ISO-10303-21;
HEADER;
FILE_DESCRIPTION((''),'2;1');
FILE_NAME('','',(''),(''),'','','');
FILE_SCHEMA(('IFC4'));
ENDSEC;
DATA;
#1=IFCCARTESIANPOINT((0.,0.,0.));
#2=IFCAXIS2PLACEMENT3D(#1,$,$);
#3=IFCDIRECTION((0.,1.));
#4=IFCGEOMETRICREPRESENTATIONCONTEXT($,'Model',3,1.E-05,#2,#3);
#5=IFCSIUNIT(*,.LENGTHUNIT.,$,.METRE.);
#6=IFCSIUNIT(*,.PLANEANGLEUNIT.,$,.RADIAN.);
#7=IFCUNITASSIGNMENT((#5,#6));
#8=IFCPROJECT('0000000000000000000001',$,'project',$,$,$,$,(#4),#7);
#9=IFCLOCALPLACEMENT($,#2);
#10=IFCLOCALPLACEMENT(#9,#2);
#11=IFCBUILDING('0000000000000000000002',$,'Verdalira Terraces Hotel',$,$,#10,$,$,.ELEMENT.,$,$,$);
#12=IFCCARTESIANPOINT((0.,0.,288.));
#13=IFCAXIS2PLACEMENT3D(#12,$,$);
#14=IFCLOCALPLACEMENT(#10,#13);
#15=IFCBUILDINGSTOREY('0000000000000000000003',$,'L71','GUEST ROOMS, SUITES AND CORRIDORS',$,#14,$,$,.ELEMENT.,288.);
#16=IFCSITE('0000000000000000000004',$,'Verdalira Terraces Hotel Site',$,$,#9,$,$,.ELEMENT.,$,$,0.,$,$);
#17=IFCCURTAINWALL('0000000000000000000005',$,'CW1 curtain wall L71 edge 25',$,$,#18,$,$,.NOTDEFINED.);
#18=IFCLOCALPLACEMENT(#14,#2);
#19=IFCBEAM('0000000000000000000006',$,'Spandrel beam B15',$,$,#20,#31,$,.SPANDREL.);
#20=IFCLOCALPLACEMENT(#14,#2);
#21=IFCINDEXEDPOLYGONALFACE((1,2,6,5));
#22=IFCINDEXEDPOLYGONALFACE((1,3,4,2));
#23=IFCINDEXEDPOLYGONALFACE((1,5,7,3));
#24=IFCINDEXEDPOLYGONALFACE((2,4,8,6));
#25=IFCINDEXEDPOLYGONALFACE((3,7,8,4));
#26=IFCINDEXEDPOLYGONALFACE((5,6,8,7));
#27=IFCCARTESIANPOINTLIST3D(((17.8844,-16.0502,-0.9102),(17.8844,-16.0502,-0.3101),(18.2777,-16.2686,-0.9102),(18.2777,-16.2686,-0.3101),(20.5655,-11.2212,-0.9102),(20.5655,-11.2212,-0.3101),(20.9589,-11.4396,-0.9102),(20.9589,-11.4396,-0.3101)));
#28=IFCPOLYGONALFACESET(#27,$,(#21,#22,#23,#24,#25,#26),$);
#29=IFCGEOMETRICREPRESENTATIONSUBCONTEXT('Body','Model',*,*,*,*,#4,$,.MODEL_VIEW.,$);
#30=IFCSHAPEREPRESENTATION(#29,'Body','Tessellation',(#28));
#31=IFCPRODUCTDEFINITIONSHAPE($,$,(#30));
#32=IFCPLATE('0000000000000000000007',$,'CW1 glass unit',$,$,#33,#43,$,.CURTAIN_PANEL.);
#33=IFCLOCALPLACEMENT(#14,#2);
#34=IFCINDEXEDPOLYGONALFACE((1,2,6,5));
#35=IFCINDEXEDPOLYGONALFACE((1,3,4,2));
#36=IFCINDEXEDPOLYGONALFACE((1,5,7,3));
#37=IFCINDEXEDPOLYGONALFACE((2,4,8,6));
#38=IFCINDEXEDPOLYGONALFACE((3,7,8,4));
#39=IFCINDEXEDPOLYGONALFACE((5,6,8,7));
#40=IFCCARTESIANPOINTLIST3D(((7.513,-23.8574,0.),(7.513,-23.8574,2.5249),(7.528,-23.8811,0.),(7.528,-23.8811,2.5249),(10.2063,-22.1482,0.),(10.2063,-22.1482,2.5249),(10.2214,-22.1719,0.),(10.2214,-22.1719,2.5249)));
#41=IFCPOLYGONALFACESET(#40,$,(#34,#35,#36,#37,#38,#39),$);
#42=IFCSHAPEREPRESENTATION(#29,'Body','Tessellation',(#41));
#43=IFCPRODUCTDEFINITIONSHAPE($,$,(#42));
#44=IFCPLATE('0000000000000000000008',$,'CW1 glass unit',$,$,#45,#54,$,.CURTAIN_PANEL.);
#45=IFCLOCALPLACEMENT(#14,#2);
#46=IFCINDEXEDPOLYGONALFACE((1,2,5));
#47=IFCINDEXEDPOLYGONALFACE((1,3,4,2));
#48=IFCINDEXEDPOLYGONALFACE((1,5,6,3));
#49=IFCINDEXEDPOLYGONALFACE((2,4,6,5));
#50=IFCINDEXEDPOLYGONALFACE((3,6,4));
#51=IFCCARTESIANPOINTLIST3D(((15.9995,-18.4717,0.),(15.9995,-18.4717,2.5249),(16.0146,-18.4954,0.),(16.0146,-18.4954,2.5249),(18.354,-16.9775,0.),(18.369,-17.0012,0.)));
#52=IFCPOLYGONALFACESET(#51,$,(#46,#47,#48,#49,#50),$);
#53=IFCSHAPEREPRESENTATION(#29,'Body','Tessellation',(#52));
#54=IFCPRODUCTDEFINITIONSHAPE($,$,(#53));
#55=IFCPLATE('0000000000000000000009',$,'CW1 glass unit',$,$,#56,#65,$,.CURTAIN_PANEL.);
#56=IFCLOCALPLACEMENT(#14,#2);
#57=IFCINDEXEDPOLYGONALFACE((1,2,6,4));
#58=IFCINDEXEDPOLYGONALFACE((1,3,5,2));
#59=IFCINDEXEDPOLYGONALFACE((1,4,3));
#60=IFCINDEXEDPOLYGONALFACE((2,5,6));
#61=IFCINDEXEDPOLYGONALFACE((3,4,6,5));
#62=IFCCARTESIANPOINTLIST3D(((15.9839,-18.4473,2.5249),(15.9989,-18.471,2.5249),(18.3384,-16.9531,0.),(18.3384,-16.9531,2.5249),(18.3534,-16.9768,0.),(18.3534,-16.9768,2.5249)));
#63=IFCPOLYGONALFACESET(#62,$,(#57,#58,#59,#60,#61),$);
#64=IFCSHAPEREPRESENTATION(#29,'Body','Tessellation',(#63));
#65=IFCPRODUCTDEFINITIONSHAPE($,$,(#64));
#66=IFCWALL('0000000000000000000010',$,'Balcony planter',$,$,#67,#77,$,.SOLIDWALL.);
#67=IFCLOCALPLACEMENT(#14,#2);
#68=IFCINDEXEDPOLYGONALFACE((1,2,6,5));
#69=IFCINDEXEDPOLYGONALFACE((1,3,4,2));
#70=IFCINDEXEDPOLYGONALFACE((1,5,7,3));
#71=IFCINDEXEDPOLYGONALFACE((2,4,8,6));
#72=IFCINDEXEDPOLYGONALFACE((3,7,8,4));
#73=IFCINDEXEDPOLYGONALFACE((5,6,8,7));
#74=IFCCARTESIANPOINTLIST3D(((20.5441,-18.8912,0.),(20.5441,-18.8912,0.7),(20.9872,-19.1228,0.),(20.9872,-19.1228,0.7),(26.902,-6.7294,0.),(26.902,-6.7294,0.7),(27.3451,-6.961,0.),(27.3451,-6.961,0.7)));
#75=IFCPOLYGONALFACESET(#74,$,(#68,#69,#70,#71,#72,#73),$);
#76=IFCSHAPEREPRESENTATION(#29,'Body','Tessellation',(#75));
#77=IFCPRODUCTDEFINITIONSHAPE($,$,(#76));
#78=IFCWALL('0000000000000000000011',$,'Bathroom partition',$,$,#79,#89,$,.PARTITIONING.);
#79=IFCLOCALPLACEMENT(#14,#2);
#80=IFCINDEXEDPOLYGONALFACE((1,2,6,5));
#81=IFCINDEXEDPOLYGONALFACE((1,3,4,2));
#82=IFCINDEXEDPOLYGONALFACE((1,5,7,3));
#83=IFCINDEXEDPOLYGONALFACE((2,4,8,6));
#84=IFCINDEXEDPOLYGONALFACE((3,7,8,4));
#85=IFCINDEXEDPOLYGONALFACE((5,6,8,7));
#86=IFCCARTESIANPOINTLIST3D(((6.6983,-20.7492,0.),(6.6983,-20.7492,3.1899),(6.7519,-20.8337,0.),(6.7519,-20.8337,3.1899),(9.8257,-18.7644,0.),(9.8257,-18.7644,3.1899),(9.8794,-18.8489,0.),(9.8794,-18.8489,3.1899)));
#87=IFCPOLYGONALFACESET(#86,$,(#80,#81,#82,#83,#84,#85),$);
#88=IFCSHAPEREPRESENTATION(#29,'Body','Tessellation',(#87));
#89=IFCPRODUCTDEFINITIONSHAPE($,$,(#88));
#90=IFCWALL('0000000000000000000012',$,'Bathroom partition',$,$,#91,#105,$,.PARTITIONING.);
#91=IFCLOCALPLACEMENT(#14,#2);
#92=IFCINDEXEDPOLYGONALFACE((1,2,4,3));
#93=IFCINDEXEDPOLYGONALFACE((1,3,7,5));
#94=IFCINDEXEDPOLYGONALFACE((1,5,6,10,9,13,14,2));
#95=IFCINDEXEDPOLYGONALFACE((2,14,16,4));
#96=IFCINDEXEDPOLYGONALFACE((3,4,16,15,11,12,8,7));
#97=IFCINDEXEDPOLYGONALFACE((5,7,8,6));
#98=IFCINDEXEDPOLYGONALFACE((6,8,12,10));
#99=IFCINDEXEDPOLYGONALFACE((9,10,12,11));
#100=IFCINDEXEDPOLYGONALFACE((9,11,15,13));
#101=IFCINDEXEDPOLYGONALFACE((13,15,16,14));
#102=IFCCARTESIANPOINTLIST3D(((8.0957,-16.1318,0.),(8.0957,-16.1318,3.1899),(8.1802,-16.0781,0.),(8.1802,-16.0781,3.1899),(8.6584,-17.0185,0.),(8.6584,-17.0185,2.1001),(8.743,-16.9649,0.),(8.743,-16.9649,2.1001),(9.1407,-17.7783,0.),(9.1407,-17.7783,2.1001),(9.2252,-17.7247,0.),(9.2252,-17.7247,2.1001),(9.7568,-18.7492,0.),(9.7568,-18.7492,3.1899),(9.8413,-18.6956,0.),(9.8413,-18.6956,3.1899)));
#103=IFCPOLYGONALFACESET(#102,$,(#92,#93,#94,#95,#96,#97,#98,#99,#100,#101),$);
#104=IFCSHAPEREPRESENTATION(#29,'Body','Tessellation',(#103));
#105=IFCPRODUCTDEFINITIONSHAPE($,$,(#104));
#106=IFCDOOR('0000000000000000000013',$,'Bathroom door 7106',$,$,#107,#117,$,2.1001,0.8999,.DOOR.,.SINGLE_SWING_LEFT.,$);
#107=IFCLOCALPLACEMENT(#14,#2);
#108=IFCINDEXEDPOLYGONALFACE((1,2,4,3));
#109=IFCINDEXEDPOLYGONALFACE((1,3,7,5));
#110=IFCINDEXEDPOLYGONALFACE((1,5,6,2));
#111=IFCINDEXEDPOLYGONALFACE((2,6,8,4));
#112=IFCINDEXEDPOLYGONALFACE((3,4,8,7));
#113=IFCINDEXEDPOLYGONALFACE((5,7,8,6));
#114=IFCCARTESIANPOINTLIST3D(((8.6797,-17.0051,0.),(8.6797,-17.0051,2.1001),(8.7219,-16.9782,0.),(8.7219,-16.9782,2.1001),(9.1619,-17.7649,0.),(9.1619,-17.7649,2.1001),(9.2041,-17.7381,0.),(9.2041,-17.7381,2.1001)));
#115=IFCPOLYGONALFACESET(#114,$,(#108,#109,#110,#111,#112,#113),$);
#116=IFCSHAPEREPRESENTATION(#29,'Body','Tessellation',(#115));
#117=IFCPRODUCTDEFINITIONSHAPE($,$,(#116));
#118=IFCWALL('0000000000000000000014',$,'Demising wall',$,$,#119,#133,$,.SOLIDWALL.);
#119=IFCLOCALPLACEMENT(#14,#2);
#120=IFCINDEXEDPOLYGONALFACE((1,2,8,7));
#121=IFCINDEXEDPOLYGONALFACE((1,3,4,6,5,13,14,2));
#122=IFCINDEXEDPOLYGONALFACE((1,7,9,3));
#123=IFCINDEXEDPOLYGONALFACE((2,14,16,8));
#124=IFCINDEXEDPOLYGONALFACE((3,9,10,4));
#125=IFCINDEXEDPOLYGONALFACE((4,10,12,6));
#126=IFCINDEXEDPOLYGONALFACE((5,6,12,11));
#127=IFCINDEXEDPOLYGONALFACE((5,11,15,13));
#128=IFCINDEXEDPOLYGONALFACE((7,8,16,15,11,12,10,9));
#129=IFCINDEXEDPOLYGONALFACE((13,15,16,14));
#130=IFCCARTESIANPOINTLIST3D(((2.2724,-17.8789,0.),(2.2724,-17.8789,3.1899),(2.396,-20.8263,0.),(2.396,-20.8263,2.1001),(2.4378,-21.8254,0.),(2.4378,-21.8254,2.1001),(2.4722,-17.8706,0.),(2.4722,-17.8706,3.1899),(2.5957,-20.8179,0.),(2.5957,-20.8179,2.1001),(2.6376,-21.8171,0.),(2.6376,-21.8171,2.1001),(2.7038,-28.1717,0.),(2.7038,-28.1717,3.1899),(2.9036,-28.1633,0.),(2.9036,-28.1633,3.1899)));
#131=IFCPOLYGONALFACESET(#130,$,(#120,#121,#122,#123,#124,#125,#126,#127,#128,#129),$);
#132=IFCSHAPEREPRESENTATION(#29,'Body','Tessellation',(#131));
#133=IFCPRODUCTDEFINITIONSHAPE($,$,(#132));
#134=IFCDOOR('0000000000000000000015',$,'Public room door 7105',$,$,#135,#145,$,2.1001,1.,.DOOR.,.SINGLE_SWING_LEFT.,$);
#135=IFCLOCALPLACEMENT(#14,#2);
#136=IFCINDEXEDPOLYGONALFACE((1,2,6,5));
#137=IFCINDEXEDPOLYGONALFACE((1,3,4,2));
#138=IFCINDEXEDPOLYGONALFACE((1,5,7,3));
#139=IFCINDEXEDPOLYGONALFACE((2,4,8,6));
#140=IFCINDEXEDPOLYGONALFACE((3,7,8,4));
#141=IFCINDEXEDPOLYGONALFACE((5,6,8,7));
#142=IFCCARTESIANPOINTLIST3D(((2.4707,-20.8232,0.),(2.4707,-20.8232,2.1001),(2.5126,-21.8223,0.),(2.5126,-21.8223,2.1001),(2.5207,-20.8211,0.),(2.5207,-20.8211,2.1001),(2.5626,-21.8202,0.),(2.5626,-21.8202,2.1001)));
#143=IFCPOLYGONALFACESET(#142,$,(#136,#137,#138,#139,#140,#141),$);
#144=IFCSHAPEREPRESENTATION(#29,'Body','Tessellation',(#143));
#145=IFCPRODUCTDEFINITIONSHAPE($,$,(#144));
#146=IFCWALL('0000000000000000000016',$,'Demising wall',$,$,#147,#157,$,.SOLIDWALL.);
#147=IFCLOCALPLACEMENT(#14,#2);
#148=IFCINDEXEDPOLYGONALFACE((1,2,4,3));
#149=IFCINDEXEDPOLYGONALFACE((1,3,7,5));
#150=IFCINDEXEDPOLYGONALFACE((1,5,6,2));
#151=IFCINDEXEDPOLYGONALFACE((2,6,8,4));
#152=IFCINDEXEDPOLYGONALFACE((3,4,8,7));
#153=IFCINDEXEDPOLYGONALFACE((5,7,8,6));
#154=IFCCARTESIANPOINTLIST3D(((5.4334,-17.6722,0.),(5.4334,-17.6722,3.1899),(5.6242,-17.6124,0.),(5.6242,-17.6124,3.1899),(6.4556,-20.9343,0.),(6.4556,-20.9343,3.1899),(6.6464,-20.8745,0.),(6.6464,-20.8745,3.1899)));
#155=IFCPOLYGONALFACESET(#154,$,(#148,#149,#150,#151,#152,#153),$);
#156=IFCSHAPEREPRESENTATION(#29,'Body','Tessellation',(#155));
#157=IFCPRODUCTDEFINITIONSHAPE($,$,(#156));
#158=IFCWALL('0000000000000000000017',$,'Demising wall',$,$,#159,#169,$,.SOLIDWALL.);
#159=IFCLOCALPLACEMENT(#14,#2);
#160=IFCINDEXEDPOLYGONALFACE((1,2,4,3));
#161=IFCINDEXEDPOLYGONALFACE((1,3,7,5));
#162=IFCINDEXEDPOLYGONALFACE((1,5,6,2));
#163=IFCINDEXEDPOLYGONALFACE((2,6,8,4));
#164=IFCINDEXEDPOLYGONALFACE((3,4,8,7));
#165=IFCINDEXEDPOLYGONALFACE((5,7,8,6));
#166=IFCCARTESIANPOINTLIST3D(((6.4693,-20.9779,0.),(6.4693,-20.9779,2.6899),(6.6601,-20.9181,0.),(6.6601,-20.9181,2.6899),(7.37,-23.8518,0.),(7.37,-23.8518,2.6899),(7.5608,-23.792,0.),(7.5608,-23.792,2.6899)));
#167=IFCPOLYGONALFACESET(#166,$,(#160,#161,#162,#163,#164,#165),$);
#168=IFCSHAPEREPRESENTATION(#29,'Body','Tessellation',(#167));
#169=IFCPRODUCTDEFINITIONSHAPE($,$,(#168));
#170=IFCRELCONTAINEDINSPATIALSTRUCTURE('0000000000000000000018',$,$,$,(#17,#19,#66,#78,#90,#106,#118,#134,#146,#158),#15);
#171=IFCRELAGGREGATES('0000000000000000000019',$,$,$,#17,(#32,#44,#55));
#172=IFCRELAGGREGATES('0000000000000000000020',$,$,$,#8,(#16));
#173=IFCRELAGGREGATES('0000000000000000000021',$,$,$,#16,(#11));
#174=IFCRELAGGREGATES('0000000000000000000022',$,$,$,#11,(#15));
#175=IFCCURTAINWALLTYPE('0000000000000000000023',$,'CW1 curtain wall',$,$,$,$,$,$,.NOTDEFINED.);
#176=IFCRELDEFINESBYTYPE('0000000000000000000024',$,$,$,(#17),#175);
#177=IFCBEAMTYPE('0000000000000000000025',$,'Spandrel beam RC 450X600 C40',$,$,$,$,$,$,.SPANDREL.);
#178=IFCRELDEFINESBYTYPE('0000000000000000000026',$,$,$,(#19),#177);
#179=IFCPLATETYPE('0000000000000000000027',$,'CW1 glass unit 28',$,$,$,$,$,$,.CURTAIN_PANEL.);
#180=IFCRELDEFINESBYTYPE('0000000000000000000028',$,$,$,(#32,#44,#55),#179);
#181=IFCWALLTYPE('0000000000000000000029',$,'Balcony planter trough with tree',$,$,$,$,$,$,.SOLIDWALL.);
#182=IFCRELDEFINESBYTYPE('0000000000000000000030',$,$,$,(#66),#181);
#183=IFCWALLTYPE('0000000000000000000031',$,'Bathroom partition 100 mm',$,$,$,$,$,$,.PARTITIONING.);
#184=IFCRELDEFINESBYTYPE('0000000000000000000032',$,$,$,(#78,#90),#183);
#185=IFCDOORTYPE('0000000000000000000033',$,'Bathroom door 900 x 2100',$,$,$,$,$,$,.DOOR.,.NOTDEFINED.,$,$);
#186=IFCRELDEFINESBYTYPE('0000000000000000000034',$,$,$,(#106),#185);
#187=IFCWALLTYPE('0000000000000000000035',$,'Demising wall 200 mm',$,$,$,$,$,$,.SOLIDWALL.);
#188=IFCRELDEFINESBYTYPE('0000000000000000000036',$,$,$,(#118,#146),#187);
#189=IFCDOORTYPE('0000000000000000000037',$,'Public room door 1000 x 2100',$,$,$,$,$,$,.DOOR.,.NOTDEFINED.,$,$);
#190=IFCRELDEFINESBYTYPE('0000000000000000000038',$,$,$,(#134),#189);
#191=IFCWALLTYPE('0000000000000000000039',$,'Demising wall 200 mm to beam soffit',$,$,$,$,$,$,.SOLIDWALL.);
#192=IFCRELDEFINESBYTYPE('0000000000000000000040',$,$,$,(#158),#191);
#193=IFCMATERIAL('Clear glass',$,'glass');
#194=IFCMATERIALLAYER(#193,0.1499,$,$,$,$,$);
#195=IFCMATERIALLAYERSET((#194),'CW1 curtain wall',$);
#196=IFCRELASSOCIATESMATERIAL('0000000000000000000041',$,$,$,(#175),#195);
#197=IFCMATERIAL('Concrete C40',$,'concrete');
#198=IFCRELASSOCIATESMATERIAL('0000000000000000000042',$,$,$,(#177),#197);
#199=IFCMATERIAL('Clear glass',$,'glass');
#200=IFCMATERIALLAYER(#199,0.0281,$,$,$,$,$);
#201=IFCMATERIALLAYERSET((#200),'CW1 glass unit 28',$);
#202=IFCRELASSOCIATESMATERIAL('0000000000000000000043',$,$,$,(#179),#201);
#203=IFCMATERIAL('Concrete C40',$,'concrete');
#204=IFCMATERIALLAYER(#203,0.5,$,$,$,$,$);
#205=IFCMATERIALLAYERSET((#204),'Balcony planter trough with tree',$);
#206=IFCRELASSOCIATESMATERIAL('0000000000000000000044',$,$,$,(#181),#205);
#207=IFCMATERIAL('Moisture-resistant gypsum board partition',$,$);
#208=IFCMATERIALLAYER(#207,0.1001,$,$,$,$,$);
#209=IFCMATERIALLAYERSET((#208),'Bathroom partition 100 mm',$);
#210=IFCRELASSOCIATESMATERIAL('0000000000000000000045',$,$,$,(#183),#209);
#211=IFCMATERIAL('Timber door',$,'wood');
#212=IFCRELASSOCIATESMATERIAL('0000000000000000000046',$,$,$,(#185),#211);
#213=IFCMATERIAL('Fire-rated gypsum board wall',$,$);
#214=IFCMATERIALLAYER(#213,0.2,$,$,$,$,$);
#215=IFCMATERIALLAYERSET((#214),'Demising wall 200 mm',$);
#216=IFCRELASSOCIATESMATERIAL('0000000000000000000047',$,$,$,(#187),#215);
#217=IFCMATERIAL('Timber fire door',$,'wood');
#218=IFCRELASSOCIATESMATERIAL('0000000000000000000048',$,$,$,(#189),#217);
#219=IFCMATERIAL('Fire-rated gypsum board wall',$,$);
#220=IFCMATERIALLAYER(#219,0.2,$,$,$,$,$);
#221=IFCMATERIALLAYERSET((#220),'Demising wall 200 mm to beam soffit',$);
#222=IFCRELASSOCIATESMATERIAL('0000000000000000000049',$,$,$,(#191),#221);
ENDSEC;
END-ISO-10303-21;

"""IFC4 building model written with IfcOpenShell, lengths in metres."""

from ifc_helpers import new_model, si_unit, direction, frame, frame_2d, origin, origin_2d, place, context, subcontext, project, spatial, polyline, rectangle, outline, extrude, material, layer, layer_set, material_profile, profile_set, type_object, element, fill, aggregate, save


model = new_model("IFC4")

# Units and contexts
model_context = context("Model", 3, precision=1e-05, world=origin(), true_north=direction((0.0, 1.0)))
body_context = subcontext(model_context, "Body", "Model", "MODEL_VIEW")
ifc_project = project(units=[si_unit("LENGTHUNIT", "METRE"), si_unit("PLANEANGLEUNIT", "RADIAN")], contexts=[model_context])

# Site, building, storey
site_placement = place(None, origin())
site = spatial("IfcSite", under=ifc_project, at=site_placement, Name="Verdalira Terraces Hotel Site", CompositionType="ELEMENT", RefElevation=0.0)
building_placement = place(site_placement, origin())
building = spatial("IfcBuilding", under=site, at=building_placement, Name="Verdalira Terraces Hotel", CompositionType="ELEMENT")
storey_placement = place(building_placement, frame((0.0, 0.0, 288.0)))
storey = spatial("IfcBuildingStorey", under=building, at=storey_placement, Name="L71", Description="GUEST ROOMS, SUITES AND CORRIDORS", CompositionType="ELEMENT", Elevation=288.0)

# Curtain wall
ifc_material_1 = material(Name="Clear glass", Category="glass")
ifc_layer_1 = layer(ifc_material_1, 0.1499)
ifc_layer_set_1 = layer_set([ifc_layer_1], Name="CW1 curtain wall")
curtain_wall_type = type_object("IfcCurtainWallType", Name="CW1 curtain wall", PredefinedType="NOTDEFINED", material=ifc_layer_set_1)
curtain_wall_1_placement = place(storey_placement, origin())
curtain_wall_1 = element("IfcCurtainWall", 1, at=curtain_wall_1_placement, inside=storey, type_object=curtain_wall_type, Name="CW1 curtain wall L71 edge 25", PredefinedType="NOTDEFINED")

# Beam
ifc_material_2 = material(Name="Concrete C40", Category="concrete")
ifc_material_profile_1 = material_profile(ifc_material_2, rectangle(XDim=0.45, YDim=0.6001, at=origin_2d()), Name="RC 450X600")
ifc_profile_set_1 = profile_set([ifc_material_profile_1], Name="Concrete C40")
beam_type_1 = type_object("IfcBeamType", Name="Spandrel beam RC 450X600 C40", PredefinedType="SPANDREL", material=ifc_profile_set_1)
beam_1_placement = place(storey_placement, frame((18.0811, -16.1594, -0.6101), z_axis=(0.48541, 0.874287, 0.0), x_axis=(-0.874287, 0.48541, 0.0)))
element("IfcBeam", 2, at=beam_1_placement, inside=storey, type_object=beam_type_1, Name="Spandrel beam B15", PredefinedType="SPANDREL", context=body_context, shape_type="SweptSolid", body=[
    extrude(rectangle(XDim=0.45, YDim=0.6001, at=origin_2d()), origin(), (0.0, 0.0, 1.0), 5.5234),
])

# Plates
ifc_material_3 = material(Name="Clear glass", Category="glass")
ifc_layer_2 = layer(ifc_material_3, 0.0281)
ifc_layer_set_2 = layer_set([ifc_layer_2], Name="CW1 glass unit 28")
plate_type = type_object("IfcPlateType", Name="CW1 glass unit 28", PredefinedType="CURTAIN_PANEL", material=ifc_layer_set_2)
plate_1_placement = place(storey_placement, frame((8.8672, -23.0146, 0.0), z_axis=(0.0, 0.0, 1.0), x_axis=(0.844328, 0.535827, 0.0)))
plate_1 = element("IfcPlate", 3, at=plate_1_placement, type_object=plate_type, Name="CW1 glass unit", PredefinedType="CURTAIN_PANEL", context=body_context, shape_type="SweptSolid", body=[
    extrude(rectangle(XDim=3.1899, YDim=0.0281, at=origin_2d()), origin(), (0.0, 0.0, 1.0), 2.5249),
])
plate_2_placement = place(storey_placement, frame((17.1768, -17.7246, 1.2625), z_axis=(0.535827, -0.844328, 0.0), x_axis=(0.844328, 0.535827, 0.0)))
plate_2 = element("IfcPlate", 4, at=plate_2_placement, type_object=plate_type, Name="CW1 glass unit", PredefinedType="CURTAIN_PANEL", context=body_context, shape_type="SweptSolid", body=[
    extrude(outline(polyline([(-1.3943, -1.2625), (1.3943, -1.2625), (-1.3943, 1.2625), (-1.3943, -1.2625)])), origin(), (0.0, 0.0, 1.0), 0.0281),
])
plate_3_placement = place(storey_placement, frame((17.1611, -17.7002, 1.2625), z_axis=(0.535827, -0.844328, 0.0), x_axis=(0.844328, 0.535827, 0.0)))
plate_3 = element("IfcPlate", 5, at=plate_3_placement, type_object=plate_type, Name="CW1 glass unit", PredefinedType="CURTAIN_PANEL", context=body_context, shape_type="SweptSolid", body=[
    extrude(outline(polyline([(1.3943, -1.2625), (1.3943, 1.2625), (-1.3943, 1.2625), (1.3943, -1.2625)])), origin(), (0.0, 0.0, 1.0), 0.0281),
])
aggregate(curtain_wall_1, [plate_1, plate_2, plate_3])

# Walls
ifc_material_4 = material(Name="Concrete C40", Category="concrete")
ifc_layer_3 = layer(ifc_material_4, 0.5)
ifc_layer_set_3 = layer_set([ifc_layer_3], Name="Balcony planter trough with tree")
wall_type_1 = type_object("IfcWallType", Name="Balcony planter trough with tree", PredefinedType="SOLIDWALL", material=ifc_layer_set_3)
wall_1_placement = place(storey_placement, frame((20.7656, -19.0071, 0.0), z_axis=(0.0, 0.0, 1.0), x_axis=(0.463287, 0.886208, 0.0)))
element("IfcWall", 6, at=wall_1_placement, inside=storey, type_object=wall_type_1, Name="Balcony planter", PredefinedType="SOLIDWALL", context=body_context, shape_type="SweptSolid", body=[
    extrude(rectangle(XDim=13.7234, YDim=0.5, at=frame_2d((6.8618, 0.0))), origin(), (0.0, 0.0, 1.0), 0.7),
])
ifc_material_5 = material(Name="Moisture-resistant gypsum board partition")
ifc_layer_4 = layer(ifc_material_5, 0.1001)
ifc_layer_set_4 = layer_set([ifc_layer_4], Name="Bathroom partition 100 mm")
wall_type_2 = type_object("IfcWallType", Name="Bathroom partition 100 mm", PredefinedType="PARTITIONING", material=ifc_layer_set_4)
wall_2_placement = place(storey_placement, frame((9.8525, -18.8066, 0.0), z_axis=(0.0, 0.0, 1.0), x_axis=(-0.844312, -0.535852, 0.0)))
element("IfcWall", 7, at=wall_2_placement, inside=storey, type_object=wall_type_2, Name="Bathroom partition", PredefinedType="PARTITIONING", context=body_context, shape_type="SweptSolid", body=[
    extrude(rectangle(XDim=3.7041, YDim=0.1001, at=frame_2d((1.8521, 0.0))), origin(), (0.0, 0.0, 1.0), 3.1899),
])

# Walls, openings, doors
wall_3_placement = place(storey_placement, frame((9.7991, -18.7224, 0.0), z_axis=(0.0, 0.0, 1.0), x_axis=(-0.535841, 0.844319, 0.0)))
wall_3 = element("IfcWall", 8, at=wall_3_placement, inside=storey, type_object=wall_type_2, Name="Bathroom partition", PredefinedType="PARTITIONING", context=body_context, shape_type="SweptSolid", body=[
    extrude(rectangle(XDim=3.1001, YDim=0.1001, at=frame_2d((1.55, 0.0))), origin(), (0.0, 0.0, 1.0), 3.1899),
])
opening_1_placement = place(wall_3_placement, frame((1.1499, 0.0, 0.0)))
opening_1 = element("IfcOpeningElement", 9, at=opening_1_placement, cuts=wall_3, PredefinedType="OPENING", context=body_context, shape_type="SweptSolid", body=[
    extrude(rectangle(XDim=0.8999, YDim=2.1001, at=frame_2d((0.45, 1.05))), frame((0.0, 0.0601, 0.0), z_axis=(0.0, -1.0, 0.0), x_axis=(1.0, 0.0, 0.0)), (0.0, 0.0, 1.0), 0.1201),
])
ifc_material_6 = material(Name="Timber door", Category="wood")
door_type_1 = type_object("IfcDoorType", Name="Bathroom door 900 x 2100", OperationType="NOTDEFINED", PredefinedType="DOOR", material=ifc_material_6)
door_1_placement = place(opening_1_placement, origin())
door_1 = element("IfcDoor", 10, at=door_1_placement, inside=storey, type_object=door_type_1, Name="Bathroom door 7106", OperationType="SINGLE_SWING_LEFT", OverallHeight=2.1001, OverallWidth=0.8999, PredefinedType="DOOR", context=body_context, shape_type="SweptSolid", body=[
    extrude(rectangle(XDim=0.8999, YDim=2.1001, at=frame_2d((0.45, 1.05))), frame((0.0, 0.0249, 0.0), z_axis=(0.0, -1.0, 0.0), x_axis=(1.0, 0.0, 0.0)), (0.0, 0.0, 1.0), 0.05),
])
fill(opening_1, door_1)
ifc_material_7 = material(Name="Fire-rated gypsum board wall")
ifc_layer_5 = layer(ifc_material_7, 0.2)
ifc_layer_set_5 = layer_set([ifc_layer_5], Name="Demising wall 200 mm")
wall_type_3 = type_object("IfcWallType", Name="Demising wall 200 mm", PredefinedType="SOLIDWALL", material=ifc_layer_set_5)
wall_4_placement = place(storey_placement, frame((2.3723, -17.8748, 0.0), z_axis=(0.0, 0.0, 1.0), x_axis=(0.041876, -0.999123, 0.0)))
wall_4 = element("IfcWall", 11, at=wall_4_placement, inside=storey, type_object=wall_type_3, Name="Demising wall", PredefinedType="SOLIDWALL", context=body_context, shape_type="SweptSolid", body=[
    extrude(rectangle(XDim=10.3018, YDim=0.2, at=frame_2d((5.1509, 0.0))), origin(), (0.0, 0.0, 1.0), 3.1899),
])
opening_2_placement = place(wall_4_placement, frame((2.95, 0.0, 0.0)))
opening_2 = element("IfcOpeningElement", 12, at=opening_2_placement, cuts=wall_4, PredefinedType="OPENING", context=body_context, shape_type="SweptSolid", body=[
    extrude(rectangle(XDim=1.0, YDim=2.1001, at=frame_2d((0.5, 1.05))), frame((0.0, 0.1099, 0.0), z_axis=(0.0, -1.0, 0.0), x_axis=(1.0, 0.0, 0.0)), (0.0, 0.0, 1.0), 0.22),
])
ifc_material_8 = material(Name="Timber fire door", Category="wood")
door_type_2 = type_object("IfcDoorType", Name="Public room door 1000 x 2100", OperationType="NOTDEFINED", PredefinedType="DOOR", material=ifc_material_8)
door_2_placement = place(opening_2_placement, origin())
door_2 = element("IfcDoor", 13, at=door_2_placement, inside=storey, type_object=door_type_2, Name="Public room door 7105", OperationType="SINGLE_SWING_LEFT", OverallHeight=2.1001, OverallWidth=1.0, PredefinedType="DOOR", context=body_context, shape_type="SweptSolid", body=[
    extrude(rectangle(XDim=1.0, YDim=2.1001, at=frame_2d((0.5, 1.05))), frame((0.0, 0.0249, 0.0), z_axis=(0.0, -1.0, 0.0), x_axis=(1.0, 0.0, 0.0)), (0.0, 0.0, 1.0), 0.05),
])
fill(opening_2, door_2)

# Walls
wall_5_placement = place(storey_placement, frame((5.5288, -17.6423, 0.0), z_axis=(0.0, 0.0, 1.0), x_axis=(0.299035, -0.954242, 0.0)))
element("IfcWall", 14, at=wall_5_placement, inside=storey, type_object=wall_type_3, Name="Demising wall", PredefinedType="SOLIDWALL", context=body_context, shape_type="SweptSolid", body=[
    extrude(rectangle(XDim=3.4185, YDim=0.2, at=frame_2d((1.7092, 0.0))), origin(), (0.0, 0.0, 1.0), 3.1899),
])
ifc_material_9 = material(Name="Fire-rated gypsum board wall")
ifc_layer_6 = layer(ifc_material_9, 0.2)
ifc_layer_set_6 = layer_set([ifc_layer_6], Name="Demising wall 200 mm to beam soffit")
wall_type_4 = type_object("IfcWallType", Name="Demising wall 200 mm to beam soffit", PredefinedType="SOLIDWALL", material=ifc_layer_set_6)
wall_6_placement = place(storey_placement, frame((6.5647, -20.948, 0.0), z_axis=(0.0, 0.0, 1.0), x_axis=(0.299055, -0.954236, 0.0)))
element("IfcWall", 15, at=wall_6_placement, inside=storey, type_object=wall_type_4, Name="Demising wall", PredefinedType="SOLIDWALL", context=body_context, shape_type="SweptSolid", body=[
    extrude(rectangle(XDim=3.0117, YDim=0.2, at=frame_2d((1.5059, 0.0))), origin(), (0.0, 0.0, 1.0), 2.6899),
])

save(model, "model.ifc")
